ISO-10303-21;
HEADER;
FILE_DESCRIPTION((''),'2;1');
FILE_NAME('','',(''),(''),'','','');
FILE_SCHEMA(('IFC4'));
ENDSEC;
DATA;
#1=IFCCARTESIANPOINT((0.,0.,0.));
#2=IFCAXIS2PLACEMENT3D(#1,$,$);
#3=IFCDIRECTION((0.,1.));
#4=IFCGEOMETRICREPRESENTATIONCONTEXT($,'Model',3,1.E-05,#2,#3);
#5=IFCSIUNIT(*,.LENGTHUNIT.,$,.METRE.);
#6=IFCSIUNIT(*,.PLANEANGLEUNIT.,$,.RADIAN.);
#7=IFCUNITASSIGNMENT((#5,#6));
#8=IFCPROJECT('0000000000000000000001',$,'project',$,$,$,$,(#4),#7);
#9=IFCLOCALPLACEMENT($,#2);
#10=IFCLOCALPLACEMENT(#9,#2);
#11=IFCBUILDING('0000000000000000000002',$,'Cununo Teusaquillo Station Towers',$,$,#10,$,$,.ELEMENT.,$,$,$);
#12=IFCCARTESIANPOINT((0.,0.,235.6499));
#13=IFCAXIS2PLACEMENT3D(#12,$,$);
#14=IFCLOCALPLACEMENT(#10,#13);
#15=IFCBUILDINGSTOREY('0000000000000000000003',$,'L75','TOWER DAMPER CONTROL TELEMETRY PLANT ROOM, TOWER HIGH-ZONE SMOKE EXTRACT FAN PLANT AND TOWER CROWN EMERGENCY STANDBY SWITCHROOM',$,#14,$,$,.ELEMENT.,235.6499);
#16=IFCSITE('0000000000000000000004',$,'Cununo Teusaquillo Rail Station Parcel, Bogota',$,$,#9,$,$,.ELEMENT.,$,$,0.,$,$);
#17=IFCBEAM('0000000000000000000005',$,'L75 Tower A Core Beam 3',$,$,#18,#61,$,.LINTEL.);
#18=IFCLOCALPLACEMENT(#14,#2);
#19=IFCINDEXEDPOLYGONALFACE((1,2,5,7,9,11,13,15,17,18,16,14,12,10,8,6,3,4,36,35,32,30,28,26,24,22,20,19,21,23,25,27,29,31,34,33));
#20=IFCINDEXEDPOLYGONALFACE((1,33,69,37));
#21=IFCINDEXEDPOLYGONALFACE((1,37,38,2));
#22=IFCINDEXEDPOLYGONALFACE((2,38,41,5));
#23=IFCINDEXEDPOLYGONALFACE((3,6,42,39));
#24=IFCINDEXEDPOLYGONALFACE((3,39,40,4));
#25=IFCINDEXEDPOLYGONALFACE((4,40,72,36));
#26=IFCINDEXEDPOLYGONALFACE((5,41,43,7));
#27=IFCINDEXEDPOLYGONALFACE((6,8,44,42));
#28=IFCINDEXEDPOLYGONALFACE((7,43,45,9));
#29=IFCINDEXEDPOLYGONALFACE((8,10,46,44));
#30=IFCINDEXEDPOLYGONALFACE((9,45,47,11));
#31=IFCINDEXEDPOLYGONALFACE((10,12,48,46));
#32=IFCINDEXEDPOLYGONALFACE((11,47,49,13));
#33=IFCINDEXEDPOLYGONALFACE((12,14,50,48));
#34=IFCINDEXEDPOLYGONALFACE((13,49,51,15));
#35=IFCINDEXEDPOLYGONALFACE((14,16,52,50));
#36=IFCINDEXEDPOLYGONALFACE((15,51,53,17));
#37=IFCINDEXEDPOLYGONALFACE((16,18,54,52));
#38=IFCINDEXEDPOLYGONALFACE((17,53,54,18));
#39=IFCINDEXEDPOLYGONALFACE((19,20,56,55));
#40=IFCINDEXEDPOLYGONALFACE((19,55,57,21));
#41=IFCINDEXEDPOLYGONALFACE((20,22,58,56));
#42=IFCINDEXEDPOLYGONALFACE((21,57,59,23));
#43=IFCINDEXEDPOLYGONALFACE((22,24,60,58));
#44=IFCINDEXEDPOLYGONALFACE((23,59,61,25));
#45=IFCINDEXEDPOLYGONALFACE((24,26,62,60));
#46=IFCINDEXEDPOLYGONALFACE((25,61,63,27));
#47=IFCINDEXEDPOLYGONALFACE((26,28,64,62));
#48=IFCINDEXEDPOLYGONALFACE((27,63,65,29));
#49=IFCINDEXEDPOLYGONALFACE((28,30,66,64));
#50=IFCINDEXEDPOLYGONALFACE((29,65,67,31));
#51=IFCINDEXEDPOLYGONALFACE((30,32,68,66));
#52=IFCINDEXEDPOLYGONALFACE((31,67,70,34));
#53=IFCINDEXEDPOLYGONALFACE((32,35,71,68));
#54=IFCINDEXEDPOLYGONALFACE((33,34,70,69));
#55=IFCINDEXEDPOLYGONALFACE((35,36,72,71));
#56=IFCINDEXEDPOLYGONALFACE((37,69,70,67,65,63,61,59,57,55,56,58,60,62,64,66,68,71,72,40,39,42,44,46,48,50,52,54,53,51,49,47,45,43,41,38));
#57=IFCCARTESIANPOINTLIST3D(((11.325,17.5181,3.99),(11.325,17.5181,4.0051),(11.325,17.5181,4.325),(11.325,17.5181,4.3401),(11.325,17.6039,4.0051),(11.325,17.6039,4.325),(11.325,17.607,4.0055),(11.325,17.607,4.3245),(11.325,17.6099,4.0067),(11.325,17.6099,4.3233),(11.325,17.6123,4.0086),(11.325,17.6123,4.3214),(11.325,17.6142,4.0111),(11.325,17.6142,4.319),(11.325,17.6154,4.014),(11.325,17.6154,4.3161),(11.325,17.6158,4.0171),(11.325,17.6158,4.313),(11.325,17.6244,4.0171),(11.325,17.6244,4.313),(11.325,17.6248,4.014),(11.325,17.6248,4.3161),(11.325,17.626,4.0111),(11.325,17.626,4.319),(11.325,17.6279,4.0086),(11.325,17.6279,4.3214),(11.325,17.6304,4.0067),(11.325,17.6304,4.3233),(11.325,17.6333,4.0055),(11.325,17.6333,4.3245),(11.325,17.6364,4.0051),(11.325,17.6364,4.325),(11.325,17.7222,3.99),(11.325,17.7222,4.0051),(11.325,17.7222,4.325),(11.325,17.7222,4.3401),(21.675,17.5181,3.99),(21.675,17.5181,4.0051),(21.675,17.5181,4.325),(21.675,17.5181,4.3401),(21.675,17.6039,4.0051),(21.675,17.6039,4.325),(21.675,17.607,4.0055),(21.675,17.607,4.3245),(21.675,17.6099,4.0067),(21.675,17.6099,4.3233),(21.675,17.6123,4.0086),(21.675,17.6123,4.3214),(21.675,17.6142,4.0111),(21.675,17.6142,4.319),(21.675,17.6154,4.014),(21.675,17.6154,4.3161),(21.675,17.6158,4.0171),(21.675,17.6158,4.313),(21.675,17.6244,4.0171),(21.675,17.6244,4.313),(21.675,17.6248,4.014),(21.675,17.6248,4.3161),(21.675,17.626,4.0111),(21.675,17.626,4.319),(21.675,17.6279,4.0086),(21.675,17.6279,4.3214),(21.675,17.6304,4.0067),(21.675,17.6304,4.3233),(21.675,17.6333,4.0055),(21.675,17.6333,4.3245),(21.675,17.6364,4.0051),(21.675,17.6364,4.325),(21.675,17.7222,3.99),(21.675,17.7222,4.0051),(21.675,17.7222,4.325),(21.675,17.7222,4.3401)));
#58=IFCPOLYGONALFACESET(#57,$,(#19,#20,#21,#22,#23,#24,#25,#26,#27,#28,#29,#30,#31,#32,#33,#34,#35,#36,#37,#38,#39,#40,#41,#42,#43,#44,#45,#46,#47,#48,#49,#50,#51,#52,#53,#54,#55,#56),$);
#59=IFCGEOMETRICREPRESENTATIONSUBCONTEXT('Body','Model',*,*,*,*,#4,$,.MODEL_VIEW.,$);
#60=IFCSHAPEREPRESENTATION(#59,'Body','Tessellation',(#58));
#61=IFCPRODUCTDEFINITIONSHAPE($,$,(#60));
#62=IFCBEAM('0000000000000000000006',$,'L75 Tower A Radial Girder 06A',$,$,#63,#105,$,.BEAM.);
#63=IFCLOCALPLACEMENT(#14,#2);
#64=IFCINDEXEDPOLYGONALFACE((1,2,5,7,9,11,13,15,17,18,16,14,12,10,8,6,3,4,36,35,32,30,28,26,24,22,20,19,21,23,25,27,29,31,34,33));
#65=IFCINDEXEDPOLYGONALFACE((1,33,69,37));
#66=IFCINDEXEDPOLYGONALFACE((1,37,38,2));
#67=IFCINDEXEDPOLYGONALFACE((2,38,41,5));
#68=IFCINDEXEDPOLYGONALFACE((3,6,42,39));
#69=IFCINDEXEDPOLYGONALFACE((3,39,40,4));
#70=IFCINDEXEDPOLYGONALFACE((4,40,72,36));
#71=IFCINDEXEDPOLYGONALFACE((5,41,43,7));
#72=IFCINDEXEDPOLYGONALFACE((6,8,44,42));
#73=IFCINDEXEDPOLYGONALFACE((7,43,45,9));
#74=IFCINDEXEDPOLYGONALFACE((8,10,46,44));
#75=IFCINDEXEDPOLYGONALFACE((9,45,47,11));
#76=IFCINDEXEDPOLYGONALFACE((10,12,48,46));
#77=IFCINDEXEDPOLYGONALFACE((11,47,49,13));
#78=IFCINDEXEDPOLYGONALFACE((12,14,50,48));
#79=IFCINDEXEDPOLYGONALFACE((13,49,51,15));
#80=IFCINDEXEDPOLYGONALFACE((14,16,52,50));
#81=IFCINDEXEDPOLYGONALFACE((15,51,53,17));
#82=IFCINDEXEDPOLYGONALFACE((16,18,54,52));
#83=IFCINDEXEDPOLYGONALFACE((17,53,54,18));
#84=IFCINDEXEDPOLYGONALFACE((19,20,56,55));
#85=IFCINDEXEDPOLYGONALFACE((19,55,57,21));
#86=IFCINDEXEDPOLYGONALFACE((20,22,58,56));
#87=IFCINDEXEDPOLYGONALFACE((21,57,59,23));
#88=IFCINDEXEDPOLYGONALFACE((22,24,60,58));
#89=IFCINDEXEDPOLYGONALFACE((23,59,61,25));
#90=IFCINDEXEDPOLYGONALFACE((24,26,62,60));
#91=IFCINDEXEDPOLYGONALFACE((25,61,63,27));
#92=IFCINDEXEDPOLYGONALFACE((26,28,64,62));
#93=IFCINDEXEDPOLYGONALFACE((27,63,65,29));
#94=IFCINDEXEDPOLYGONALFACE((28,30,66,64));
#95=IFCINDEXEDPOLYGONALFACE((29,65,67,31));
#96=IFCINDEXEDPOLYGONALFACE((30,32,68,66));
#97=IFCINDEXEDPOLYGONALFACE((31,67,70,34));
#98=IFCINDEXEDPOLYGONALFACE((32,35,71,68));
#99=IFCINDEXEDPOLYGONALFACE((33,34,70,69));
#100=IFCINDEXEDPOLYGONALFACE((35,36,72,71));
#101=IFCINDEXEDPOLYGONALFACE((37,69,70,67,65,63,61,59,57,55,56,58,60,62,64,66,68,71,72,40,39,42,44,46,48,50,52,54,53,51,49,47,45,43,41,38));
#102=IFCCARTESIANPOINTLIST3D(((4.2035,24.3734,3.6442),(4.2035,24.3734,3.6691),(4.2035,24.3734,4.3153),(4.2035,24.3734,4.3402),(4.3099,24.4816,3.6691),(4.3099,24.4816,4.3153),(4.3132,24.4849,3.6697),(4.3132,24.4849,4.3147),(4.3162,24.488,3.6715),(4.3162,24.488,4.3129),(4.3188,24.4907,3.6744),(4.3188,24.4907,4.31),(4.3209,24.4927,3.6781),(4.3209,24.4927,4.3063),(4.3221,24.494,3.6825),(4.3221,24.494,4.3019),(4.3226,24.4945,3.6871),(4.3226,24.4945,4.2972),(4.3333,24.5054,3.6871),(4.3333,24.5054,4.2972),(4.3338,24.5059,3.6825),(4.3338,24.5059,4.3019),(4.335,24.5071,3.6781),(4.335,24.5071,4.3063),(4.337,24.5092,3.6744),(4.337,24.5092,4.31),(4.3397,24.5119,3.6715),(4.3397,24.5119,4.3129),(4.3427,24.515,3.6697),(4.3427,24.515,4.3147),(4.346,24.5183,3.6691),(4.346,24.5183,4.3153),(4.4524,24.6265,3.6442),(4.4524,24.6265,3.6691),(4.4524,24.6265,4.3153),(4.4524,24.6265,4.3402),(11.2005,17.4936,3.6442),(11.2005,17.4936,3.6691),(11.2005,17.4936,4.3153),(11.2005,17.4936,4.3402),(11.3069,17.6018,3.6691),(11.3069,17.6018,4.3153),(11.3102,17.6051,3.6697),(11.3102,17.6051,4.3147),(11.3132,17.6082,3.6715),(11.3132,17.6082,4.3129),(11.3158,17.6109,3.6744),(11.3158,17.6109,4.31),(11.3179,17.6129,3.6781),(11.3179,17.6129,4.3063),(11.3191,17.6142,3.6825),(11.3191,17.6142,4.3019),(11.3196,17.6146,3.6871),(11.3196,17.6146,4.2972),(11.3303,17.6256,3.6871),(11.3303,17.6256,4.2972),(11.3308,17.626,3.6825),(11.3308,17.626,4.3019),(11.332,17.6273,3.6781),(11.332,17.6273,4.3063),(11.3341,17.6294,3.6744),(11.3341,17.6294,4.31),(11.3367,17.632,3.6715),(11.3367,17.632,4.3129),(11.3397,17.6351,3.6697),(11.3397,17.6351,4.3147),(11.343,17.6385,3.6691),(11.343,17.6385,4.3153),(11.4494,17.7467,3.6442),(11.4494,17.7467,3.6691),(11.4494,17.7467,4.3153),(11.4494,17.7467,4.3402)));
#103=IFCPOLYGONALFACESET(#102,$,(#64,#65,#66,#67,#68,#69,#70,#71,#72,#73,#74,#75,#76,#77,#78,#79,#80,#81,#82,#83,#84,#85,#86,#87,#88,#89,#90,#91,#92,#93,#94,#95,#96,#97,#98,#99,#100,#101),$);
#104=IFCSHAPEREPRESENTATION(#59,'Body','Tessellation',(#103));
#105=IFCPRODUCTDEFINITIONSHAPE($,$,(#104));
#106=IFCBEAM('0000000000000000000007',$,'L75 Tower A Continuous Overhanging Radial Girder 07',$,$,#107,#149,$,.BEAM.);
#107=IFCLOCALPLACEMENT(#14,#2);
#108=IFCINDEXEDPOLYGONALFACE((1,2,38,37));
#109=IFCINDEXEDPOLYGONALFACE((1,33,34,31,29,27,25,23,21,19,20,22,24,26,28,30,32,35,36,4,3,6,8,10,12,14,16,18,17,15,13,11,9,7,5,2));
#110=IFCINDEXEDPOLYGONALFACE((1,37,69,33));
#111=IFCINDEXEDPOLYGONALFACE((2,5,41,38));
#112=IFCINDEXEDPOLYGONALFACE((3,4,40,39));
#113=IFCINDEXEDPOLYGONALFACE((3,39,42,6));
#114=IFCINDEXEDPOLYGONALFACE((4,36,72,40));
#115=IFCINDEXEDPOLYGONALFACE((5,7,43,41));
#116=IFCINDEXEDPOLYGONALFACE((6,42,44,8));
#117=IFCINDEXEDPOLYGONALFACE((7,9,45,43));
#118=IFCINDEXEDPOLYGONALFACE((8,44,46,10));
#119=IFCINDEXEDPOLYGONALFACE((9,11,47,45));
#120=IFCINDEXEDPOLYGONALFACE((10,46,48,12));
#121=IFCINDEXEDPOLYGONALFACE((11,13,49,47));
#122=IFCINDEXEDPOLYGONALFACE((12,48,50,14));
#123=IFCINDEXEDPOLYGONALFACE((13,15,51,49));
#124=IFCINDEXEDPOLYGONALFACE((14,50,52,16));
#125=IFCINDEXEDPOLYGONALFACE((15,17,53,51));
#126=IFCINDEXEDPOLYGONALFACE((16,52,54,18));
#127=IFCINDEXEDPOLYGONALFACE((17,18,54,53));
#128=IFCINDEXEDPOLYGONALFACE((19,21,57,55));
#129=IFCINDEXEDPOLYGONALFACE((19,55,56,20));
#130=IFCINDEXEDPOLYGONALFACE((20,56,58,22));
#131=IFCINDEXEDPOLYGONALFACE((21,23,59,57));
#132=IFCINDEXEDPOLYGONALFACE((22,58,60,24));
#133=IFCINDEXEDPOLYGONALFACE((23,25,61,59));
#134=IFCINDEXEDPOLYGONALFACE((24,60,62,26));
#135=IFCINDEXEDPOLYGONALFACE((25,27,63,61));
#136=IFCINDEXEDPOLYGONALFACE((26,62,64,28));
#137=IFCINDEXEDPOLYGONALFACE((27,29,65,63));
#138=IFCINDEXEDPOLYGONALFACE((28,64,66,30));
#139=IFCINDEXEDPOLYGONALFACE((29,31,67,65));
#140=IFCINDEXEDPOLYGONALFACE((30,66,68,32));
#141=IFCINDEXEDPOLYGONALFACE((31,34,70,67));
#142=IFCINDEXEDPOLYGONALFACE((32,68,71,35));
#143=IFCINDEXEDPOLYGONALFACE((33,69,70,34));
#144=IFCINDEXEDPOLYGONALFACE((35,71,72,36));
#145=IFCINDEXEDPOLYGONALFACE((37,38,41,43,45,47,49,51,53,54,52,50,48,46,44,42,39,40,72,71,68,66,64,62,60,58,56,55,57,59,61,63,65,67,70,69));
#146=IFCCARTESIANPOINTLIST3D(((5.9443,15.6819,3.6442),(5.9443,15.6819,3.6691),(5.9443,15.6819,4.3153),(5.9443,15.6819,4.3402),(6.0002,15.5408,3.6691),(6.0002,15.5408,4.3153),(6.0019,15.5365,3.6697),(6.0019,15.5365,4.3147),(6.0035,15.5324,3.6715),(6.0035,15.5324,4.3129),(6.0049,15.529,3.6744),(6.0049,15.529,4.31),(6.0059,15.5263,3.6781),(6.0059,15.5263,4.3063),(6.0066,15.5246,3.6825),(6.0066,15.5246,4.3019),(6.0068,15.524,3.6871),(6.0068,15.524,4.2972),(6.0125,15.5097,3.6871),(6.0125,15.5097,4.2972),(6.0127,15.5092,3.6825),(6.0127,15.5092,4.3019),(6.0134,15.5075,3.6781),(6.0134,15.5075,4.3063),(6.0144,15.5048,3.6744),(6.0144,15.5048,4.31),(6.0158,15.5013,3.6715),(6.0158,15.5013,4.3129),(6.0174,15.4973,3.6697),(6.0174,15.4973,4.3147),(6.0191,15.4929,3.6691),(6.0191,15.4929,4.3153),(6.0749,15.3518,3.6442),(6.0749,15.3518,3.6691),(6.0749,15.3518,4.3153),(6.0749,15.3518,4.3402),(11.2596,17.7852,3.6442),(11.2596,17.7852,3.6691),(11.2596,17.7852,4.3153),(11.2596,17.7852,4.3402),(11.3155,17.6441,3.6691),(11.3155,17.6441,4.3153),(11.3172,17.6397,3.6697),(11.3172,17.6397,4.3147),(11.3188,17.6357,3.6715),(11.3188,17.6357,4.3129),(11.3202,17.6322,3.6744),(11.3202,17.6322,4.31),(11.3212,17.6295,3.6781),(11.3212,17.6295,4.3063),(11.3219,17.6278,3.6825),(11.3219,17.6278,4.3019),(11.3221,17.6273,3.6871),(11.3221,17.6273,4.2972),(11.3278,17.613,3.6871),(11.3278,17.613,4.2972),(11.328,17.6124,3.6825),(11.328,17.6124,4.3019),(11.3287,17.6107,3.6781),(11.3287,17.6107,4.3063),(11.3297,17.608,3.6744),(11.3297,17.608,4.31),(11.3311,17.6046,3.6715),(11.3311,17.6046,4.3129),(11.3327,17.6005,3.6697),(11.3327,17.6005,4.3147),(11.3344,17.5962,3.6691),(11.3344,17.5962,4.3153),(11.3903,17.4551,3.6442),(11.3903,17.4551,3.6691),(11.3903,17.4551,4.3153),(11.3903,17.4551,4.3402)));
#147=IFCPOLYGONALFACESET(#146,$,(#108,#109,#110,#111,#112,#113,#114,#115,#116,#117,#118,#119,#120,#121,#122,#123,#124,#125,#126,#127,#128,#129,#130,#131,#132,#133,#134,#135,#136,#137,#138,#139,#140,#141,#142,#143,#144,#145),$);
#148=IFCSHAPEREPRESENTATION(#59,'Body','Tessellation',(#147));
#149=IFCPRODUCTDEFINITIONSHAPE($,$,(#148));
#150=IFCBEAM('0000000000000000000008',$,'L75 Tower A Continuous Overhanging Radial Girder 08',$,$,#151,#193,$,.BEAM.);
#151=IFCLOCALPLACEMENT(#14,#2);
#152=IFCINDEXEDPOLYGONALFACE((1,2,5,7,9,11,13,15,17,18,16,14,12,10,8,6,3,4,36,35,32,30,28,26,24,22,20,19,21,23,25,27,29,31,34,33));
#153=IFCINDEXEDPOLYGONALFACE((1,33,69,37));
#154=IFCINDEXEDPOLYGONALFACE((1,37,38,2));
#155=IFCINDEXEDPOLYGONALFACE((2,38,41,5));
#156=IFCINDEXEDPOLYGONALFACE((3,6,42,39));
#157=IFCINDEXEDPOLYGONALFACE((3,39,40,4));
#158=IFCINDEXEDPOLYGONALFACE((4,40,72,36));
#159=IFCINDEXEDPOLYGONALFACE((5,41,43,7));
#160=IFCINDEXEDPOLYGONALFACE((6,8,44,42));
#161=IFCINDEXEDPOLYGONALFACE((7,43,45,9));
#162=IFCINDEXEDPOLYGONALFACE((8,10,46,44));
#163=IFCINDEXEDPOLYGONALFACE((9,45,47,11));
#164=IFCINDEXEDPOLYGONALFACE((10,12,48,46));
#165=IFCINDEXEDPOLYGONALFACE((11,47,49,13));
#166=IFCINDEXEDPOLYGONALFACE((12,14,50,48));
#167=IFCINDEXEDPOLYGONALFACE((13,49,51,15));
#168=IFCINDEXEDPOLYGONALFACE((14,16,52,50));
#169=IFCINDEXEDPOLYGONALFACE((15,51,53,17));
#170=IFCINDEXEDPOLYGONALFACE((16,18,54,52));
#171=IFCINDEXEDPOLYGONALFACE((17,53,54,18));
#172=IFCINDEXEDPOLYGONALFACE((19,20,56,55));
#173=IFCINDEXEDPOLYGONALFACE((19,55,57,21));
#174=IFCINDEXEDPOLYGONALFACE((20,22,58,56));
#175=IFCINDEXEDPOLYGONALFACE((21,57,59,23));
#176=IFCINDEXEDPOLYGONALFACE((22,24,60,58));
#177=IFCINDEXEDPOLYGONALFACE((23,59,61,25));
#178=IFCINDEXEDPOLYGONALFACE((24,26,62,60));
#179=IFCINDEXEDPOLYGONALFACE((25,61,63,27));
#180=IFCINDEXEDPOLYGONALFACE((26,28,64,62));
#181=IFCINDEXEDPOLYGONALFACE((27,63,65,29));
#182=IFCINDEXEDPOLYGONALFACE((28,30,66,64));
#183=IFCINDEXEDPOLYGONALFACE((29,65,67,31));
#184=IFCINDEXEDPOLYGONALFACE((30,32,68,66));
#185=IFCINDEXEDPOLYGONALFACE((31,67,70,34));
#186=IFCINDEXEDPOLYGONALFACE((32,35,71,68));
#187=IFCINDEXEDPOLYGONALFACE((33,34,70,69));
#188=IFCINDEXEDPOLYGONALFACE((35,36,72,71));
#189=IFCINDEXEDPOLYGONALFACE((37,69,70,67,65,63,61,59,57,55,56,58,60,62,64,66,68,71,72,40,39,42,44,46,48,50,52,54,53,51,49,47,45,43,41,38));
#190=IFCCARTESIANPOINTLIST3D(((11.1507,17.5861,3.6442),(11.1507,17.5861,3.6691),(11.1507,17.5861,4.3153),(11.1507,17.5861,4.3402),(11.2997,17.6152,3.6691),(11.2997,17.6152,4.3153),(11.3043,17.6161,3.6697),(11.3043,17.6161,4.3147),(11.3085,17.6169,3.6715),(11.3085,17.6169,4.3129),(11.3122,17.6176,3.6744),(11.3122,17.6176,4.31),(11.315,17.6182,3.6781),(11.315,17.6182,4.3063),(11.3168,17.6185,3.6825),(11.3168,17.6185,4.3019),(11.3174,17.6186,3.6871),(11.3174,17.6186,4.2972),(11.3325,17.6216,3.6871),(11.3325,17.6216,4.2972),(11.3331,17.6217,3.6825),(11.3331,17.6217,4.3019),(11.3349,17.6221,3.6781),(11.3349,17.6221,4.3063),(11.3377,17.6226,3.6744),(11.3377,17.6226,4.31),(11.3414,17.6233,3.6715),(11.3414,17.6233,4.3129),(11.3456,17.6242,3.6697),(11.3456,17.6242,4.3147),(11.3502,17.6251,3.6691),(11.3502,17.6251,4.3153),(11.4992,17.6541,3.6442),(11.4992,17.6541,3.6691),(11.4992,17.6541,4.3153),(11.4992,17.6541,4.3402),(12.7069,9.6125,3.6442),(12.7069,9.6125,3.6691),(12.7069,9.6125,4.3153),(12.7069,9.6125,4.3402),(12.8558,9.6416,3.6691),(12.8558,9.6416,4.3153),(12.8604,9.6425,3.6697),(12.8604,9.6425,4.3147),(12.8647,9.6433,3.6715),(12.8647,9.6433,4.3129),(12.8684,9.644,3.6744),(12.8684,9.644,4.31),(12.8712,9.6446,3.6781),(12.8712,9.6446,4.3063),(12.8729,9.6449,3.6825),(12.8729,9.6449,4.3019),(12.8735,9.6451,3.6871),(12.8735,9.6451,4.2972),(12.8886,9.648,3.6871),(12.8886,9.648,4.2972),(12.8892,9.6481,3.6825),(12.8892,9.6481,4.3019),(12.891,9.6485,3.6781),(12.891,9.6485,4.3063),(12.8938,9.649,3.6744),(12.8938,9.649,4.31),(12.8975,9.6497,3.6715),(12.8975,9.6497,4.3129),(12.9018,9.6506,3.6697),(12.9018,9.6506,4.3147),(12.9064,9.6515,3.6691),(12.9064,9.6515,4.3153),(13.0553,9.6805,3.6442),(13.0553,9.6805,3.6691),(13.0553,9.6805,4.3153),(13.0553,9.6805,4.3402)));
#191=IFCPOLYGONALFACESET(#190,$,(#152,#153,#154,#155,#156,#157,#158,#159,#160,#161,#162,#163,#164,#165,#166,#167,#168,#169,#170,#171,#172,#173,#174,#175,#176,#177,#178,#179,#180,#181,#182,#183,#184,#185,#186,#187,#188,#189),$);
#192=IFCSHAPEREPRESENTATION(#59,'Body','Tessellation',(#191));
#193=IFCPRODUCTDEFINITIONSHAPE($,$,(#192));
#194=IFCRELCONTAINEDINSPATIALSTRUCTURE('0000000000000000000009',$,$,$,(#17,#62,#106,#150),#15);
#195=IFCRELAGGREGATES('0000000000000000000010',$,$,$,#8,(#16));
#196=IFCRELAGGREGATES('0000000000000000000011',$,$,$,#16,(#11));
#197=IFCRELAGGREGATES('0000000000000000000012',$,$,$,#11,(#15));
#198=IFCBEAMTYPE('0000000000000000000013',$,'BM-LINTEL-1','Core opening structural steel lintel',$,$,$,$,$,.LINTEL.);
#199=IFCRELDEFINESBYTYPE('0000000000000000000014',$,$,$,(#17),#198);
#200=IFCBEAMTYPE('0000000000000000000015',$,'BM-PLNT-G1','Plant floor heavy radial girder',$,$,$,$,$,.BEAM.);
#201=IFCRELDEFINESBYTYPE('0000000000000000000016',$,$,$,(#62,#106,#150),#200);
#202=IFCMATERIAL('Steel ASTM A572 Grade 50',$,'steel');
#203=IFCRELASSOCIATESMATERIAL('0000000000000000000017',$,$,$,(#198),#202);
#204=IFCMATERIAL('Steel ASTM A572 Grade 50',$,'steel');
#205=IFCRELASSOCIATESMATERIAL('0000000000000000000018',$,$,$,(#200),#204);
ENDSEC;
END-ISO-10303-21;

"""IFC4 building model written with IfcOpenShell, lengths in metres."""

from ifc_helpers import new_model, si_unit, direction, frame, origin, origin_2d, place, context, subcontext, project, spatial, i_section, extrude, material, material_profile, profile_set, type_object, element, save


model = new_model("IFC4")

# Units and contexts
model_context = context("Model", 3, precision=1e-05, world=origin(), true_north=direction((0.0, 1.0)))
body_context = subcontext(model_context, "Body", "Model", "MODEL_VIEW")
ifc_project = project(units=[si_unit("LENGTHUNIT", "METRE"), si_unit("PLANEANGLEUNIT", "RADIAN")], contexts=[model_context])

# Site, building, storey
site_placement = place(None, origin())
site = spatial("IfcSite", under=ifc_project, at=site_placement, Name="Cununo Teusaquillo Rail Station Parcel, Bogota", CompositionType="ELEMENT", RefElevation=0.0)
building_placement = place(site_placement, origin())
building = spatial("IfcBuilding", under=site, at=building_placement, Name="Cununo Teusaquillo Station Towers", CompositionType="ELEMENT")
storey_placement = place(building_placement, frame((0.0, 0.0, 235.6499)))
storey = spatial("IfcBuildingStorey", under=building, at=storey_placement, Name="L75", Description="TOWER DAMPER CONTROL TELEMETRY PLANT ROOM, TOWER HIGH-ZONE SMOKE EXTRACT FAN PLANT AND TOWER CROWN EMERGENCY STANDBY SWITCHROOM", CompositionType="ELEMENT", Elevation=235.6499)

# Beams
ifc_material_1 = material(Name="Steel ASTM A572 Grade 50", Category="steel")
ifc_material_profile_1 = material_profile(ifc_material_1, i_section(OverallWidth=0.2041, OverallDepth=0.3501, WebThickness=0.0085, FlangeThickness=0.0151, FilletRadius=0.012, at=origin_2d()), Name="W14X48")
ifc_profile_set_1 = profile_set([ifc_material_profile_1], Name="Steel ASTM A572 Grade 50")
beam_type_1 = type_object("IfcBeamType", Name="BM-LINTEL-1", Description="Core opening structural steel lintel", PredefinedType="LINTEL", material=ifc_profile_set_1)
beam_1_placement = place(storey_placement, frame((11.325, 17.6201, 4.165), z_axis=(1.0, 0.0, 0.0), x_axis=(0.0, 1.0, 0.0)))
element("IfcBeam", 1, at=beam_1_placement, inside=storey, type_object=beam_type_1, Name="L75 Tower A Core Beam 3", PredefinedType="LINTEL", context=body_context, shape_type="SweptSolid", body=[
    extrude(i_section(OverallWidth=0.2041, OverallDepth=0.3501, WebThickness=0.0085, FlangeThickness=0.0151, FilletRadius=0.012, at=origin_2d()), origin(), (0.0, 0.0, 1.0), 10.3501),
])
ifc_material_2 = material(Name="Steel ASTM A572 Grade 50", Category="steel")
ifc_material_profile_2 = material_profile(ifc_material_2, i_section(OverallWidth=0.355, OverallDepth=0.696, WebThickness=0.0154, FlangeThickness=0.0249, FilletRadius=0.0181, at=origin_2d()), Name="W27X146")
ifc_profile_set_2 = profile_set([ifc_material_profile_2], Name="Steel ASTM A572 Grade 50")
beam_type_2 = type_object("IfcBeamType", Name="BM-PLNT-G1", Description="Plant floor heavy radial girder", PredefinedType="BEAM", material=ifc_profile_set_2)
beam_2_placement = place(storey_placement, frame((11.325, 17.6201, 3.9922), z_axis=(-0.713053, 0.70111, 0.0), x_axis=(-0.70111, -0.713053, 0.0)))
element("IfcBeam", 2, at=beam_2_placement, inside=storey, type_object=beam_type_2, Name="L75 Tower A Radial Girder 06A", PredefinedType="BEAM", context=body_context, shape_type="SweptSolid", body=[
    extrude(i_section(OverallWidth=0.355, OverallDepth=0.696, WebThickness=0.0154, FlangeThickness=0.0249, FilletRadius=0.0181, at=origin_2d()), origin(), (0.0, 0.0, 1.0), 9.8127),
])
beam_3_placement = place(storey_placement, frame((11.325, 17.6201, 3.9922), z_axis=(-0.929852, -0.367935, 0.0), x_axis=(0.367935, -0.929852, 0.0)))
element("IfcBeam", 3, at=beam_3_placement, inside=storey, type_object=beam_type_2, Name="L75 Tower A Continuous Overhanging Radial Girder 07", PredefinedType="BEAM", context=body_context, shape_type="SweptSolid", body=[
    extrude(i_section(OverallWidth=0.355, OverallDepth=0.696, WebThickness=0.0154, FlangeThickness=0.0249, FilletRadius=0.0181, at=origin_2d()), origin(), (0.0, 0.0, 1.0), 5.7163),
])
beam_4_placement = place(storey_placement, frame((11.325, 17.6201, 3.9922), z_axis=(0.191548, -0.981483, 0.0), x_axis=(0.981483, 0.191548, 0.0)))
element("IfcBeam", 4, at=beam_4_placement, inside=storey, type_object=beam_type_2, Name="L75 Tower A Continuous Overhanging Radial Girder 08", PredefinedType="BEAM", context=body_context, shape_type="SweptSolid", body=[
    extrude(i_section(OverallWidth=0.355, OverallDepth=0.696, WebThickness=0.0154, FlangeThickness=0.0249, FilletRadius=0.0181, at=origin_2d()), origin(), (0.0, 0.0, 1.0), 8.124),
])

save(model, "model.ifc")
